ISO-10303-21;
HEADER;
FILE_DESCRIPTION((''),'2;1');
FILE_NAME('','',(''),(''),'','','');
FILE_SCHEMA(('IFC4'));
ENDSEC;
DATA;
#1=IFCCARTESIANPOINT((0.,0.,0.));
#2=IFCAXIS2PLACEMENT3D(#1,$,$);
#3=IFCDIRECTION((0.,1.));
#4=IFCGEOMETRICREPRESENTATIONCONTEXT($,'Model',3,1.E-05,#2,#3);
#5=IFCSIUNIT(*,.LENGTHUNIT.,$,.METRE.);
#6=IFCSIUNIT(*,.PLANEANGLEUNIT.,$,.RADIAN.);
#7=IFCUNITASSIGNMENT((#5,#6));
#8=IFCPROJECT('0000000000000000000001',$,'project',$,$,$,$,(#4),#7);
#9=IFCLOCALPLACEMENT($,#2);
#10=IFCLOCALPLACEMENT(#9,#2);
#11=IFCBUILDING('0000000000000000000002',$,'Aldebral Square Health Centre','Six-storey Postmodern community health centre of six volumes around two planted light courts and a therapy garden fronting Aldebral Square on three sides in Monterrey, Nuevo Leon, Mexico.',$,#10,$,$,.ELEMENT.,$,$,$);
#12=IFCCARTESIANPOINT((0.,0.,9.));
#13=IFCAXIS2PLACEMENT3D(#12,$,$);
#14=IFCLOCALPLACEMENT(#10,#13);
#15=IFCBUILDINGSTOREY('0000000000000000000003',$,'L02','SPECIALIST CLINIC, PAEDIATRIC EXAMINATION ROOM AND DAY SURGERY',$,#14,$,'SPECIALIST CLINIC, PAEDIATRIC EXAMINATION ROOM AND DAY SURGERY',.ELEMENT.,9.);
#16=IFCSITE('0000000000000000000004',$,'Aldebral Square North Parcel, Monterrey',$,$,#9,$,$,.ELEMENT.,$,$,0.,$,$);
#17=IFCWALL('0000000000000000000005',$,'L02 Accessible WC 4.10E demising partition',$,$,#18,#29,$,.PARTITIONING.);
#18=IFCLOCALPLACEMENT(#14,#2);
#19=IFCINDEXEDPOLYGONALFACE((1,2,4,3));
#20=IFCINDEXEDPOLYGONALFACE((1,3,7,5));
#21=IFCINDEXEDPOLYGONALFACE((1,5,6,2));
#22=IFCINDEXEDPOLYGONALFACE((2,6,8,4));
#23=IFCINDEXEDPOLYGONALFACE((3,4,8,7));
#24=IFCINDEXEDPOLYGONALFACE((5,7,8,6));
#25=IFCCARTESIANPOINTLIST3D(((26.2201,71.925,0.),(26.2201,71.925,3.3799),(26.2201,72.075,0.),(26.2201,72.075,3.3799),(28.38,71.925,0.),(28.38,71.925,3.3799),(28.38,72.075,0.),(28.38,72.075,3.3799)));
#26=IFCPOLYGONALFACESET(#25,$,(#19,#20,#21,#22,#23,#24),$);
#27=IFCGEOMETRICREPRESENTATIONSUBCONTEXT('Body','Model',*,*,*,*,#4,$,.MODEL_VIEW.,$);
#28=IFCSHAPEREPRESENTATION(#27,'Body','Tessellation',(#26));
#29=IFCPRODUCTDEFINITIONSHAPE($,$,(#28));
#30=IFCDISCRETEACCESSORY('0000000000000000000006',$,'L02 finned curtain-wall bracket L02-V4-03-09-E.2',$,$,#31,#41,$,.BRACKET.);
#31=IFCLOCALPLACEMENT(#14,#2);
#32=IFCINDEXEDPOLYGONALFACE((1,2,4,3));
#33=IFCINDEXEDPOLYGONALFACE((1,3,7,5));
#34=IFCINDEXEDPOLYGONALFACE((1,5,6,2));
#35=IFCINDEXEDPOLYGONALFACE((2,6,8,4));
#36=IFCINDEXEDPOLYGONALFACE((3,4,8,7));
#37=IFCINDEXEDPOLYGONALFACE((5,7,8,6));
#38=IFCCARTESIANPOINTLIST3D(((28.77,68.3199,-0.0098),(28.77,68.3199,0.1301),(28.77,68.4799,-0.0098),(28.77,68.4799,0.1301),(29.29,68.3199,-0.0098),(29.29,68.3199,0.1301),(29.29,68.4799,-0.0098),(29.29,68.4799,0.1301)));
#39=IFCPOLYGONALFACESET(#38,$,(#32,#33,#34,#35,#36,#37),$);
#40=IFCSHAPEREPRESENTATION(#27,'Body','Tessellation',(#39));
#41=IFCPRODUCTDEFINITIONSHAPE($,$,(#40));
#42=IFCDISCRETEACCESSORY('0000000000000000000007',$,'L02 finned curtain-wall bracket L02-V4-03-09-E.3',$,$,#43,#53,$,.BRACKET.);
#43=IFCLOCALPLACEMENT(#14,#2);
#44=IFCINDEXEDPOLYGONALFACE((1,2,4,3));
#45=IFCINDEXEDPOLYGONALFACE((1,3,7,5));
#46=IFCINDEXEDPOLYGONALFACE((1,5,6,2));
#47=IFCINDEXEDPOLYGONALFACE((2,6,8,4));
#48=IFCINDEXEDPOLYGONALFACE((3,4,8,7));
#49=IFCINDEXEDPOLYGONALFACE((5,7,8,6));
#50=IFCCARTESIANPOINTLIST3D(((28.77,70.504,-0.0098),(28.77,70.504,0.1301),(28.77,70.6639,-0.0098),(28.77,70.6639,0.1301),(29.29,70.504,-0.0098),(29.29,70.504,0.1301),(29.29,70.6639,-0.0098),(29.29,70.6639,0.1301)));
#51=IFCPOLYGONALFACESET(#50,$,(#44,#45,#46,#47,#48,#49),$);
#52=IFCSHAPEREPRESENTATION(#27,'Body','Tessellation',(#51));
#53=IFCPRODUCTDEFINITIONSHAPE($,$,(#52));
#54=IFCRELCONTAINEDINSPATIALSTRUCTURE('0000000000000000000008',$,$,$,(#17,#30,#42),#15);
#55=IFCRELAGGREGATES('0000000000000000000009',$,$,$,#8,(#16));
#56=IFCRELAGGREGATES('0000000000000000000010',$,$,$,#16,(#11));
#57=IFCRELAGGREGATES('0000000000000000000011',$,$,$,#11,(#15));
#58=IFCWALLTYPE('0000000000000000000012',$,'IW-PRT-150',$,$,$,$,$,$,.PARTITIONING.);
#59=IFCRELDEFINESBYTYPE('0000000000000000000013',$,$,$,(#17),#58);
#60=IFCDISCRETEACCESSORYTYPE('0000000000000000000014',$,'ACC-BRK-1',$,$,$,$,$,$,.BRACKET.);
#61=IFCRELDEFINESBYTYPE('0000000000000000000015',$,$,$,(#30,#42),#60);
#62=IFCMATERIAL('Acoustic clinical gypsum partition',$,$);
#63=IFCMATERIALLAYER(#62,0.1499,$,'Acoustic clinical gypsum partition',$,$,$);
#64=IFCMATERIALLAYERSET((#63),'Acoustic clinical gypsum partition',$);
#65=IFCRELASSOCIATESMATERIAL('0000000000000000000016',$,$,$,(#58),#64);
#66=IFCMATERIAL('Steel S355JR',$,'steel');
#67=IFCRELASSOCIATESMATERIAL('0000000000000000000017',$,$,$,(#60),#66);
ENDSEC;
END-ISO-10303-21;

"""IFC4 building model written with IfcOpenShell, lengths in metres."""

from ifc_helpers import new_model, si_unit, direction, frame, frame_2d, origin, origin_2d, place, context, subcontext, project, spatial, rectangle, extrude, material, layer, layer_set, type_object, element, save


model = new_model("IFC4")

# Units and contexts
model_context = context("Model", 3, precision=1e-05, world=origin(), true_north=direction((0.0, 1.0)))
body_context = subcontext(model_context, "Body", "Model", "MODEL_VIEW")
ifc_project = project(units=[si_unit("LENGTHUNIT", "METRE"), si_unit("PLANEANGLEUNIT", "RADIAN")], contexts=[model_context])

# Site, building, storey
site_placement = place(None, origin())
site = spatial("IfcSite", under=ifc_project, at=site_placement, Name="Aldebral Square North Parcel, Monterrey", CompositionType="ELEMENT", RefElevation=0.0)
building_placement = place(site_placement, origin())
building = spatial("IfcBuilding", under=site, at=building_placement, Name="Aldebral Square Health Centre", Description="Six-storey Postmodern community health centre of six volumes around two planted light courts and a therapy garden fronting Aldebral Square on three sides in Monterrey, Nuevo Leon, Mexico.", CompositionType="ELEMENT")
storey_placement = place(building_placement, frame((0.0, 0.0, 9.0)))
storey = spatial("IfcBuildingStorey", under=building, at=storey_placement, Name="L02", Description="SPECIALIST CLINIC, PAEDIATRIC EXAMINATION ROOM AND DAY SURGERY", LongName="SPECIALIST CLINIC, PAEDIATRIC EXAMINATION ROOM AND DAY SURGERY", CompositionType="ELEMENT", Elevation=9.0)

# Wall
ifc_material_1 = material(Name="Acoustic clinical gypsum partition")
ifc_layer_1 = layer(ifc_material_1, 0.1499, Name="Acoustic clinical gypsum partition")
ifc_layer_set_1 = layer_set([ifc_layer_1], Name="Acoustic clinical gypsum partition")
wall_type_1 = type_object("IfcWallType", Name="IW-PRT-150", PredefinedType="PARTITIONING", material=ifc_layer_set_1)
wall_1_placement = place(storey_placement, frame((26.22, 72.0, 0.0), z_axis=(0.0, 0.0, 1.0), x_axis=(1.0, 0.0, 0.0)))
element("IfcWall", 1, at=wall_1_placement, inside=storey, type_object=wall_type_1, Name="L02 Accessible WC 4.10E demising partition", PredefinedType="PARTITIONING", context=body_context, shape_type="SweptSolid", body=[
    extrude(rectangle(XDim=2.1599, YDim=0.1499, at=frame_2d((1.0801, 0.0))), origin(), (0.0, 0.0, 1.0), 3.3799),
])

# Discrete accessories
ifc_material_2 = material(Name="Steel S355JR", Category="steel")
discrete_accessory_type = type_object("IfcDiscreteAccessoryType", Name="ACC-BRK-1", PredefinedType="BRACKET", material=ifc_material_2)
for number, where, z_axis, x_axis, name in (
    (2, (29.03, 68.3999, -0.0098), (0.0, 0.0, 1.0), (0.0, 1.0, 0.0), "L02 finned curtain-wall bracket L02-V4-03-09-E.2"),
    (3, (29.03, 70.584, -0.0098), (0.0, 0.0, 1.0), (0.0, 1.0, 0.0), "L02 finned curtain-wall bracket L02-V4-03-09-E.3"),
):
    element("IfcDiscreteAccessory", number, at=place(storey_placement, frame(where, z_axis=z_axis, x_axis=x_axis)), inside=storey, type_object=discrete_accessory_type, Name=name, PredefinedType="BRACKET", context=body_context, shape_type="SweptSolid", body=[
        extrude(rectangle(XDim=0.1599, YDim=0.52, at=origin_2d()), origin(), (0.0, 0.0, 1.0), 0.1399),
    ])

save(model, "model.ifc")
